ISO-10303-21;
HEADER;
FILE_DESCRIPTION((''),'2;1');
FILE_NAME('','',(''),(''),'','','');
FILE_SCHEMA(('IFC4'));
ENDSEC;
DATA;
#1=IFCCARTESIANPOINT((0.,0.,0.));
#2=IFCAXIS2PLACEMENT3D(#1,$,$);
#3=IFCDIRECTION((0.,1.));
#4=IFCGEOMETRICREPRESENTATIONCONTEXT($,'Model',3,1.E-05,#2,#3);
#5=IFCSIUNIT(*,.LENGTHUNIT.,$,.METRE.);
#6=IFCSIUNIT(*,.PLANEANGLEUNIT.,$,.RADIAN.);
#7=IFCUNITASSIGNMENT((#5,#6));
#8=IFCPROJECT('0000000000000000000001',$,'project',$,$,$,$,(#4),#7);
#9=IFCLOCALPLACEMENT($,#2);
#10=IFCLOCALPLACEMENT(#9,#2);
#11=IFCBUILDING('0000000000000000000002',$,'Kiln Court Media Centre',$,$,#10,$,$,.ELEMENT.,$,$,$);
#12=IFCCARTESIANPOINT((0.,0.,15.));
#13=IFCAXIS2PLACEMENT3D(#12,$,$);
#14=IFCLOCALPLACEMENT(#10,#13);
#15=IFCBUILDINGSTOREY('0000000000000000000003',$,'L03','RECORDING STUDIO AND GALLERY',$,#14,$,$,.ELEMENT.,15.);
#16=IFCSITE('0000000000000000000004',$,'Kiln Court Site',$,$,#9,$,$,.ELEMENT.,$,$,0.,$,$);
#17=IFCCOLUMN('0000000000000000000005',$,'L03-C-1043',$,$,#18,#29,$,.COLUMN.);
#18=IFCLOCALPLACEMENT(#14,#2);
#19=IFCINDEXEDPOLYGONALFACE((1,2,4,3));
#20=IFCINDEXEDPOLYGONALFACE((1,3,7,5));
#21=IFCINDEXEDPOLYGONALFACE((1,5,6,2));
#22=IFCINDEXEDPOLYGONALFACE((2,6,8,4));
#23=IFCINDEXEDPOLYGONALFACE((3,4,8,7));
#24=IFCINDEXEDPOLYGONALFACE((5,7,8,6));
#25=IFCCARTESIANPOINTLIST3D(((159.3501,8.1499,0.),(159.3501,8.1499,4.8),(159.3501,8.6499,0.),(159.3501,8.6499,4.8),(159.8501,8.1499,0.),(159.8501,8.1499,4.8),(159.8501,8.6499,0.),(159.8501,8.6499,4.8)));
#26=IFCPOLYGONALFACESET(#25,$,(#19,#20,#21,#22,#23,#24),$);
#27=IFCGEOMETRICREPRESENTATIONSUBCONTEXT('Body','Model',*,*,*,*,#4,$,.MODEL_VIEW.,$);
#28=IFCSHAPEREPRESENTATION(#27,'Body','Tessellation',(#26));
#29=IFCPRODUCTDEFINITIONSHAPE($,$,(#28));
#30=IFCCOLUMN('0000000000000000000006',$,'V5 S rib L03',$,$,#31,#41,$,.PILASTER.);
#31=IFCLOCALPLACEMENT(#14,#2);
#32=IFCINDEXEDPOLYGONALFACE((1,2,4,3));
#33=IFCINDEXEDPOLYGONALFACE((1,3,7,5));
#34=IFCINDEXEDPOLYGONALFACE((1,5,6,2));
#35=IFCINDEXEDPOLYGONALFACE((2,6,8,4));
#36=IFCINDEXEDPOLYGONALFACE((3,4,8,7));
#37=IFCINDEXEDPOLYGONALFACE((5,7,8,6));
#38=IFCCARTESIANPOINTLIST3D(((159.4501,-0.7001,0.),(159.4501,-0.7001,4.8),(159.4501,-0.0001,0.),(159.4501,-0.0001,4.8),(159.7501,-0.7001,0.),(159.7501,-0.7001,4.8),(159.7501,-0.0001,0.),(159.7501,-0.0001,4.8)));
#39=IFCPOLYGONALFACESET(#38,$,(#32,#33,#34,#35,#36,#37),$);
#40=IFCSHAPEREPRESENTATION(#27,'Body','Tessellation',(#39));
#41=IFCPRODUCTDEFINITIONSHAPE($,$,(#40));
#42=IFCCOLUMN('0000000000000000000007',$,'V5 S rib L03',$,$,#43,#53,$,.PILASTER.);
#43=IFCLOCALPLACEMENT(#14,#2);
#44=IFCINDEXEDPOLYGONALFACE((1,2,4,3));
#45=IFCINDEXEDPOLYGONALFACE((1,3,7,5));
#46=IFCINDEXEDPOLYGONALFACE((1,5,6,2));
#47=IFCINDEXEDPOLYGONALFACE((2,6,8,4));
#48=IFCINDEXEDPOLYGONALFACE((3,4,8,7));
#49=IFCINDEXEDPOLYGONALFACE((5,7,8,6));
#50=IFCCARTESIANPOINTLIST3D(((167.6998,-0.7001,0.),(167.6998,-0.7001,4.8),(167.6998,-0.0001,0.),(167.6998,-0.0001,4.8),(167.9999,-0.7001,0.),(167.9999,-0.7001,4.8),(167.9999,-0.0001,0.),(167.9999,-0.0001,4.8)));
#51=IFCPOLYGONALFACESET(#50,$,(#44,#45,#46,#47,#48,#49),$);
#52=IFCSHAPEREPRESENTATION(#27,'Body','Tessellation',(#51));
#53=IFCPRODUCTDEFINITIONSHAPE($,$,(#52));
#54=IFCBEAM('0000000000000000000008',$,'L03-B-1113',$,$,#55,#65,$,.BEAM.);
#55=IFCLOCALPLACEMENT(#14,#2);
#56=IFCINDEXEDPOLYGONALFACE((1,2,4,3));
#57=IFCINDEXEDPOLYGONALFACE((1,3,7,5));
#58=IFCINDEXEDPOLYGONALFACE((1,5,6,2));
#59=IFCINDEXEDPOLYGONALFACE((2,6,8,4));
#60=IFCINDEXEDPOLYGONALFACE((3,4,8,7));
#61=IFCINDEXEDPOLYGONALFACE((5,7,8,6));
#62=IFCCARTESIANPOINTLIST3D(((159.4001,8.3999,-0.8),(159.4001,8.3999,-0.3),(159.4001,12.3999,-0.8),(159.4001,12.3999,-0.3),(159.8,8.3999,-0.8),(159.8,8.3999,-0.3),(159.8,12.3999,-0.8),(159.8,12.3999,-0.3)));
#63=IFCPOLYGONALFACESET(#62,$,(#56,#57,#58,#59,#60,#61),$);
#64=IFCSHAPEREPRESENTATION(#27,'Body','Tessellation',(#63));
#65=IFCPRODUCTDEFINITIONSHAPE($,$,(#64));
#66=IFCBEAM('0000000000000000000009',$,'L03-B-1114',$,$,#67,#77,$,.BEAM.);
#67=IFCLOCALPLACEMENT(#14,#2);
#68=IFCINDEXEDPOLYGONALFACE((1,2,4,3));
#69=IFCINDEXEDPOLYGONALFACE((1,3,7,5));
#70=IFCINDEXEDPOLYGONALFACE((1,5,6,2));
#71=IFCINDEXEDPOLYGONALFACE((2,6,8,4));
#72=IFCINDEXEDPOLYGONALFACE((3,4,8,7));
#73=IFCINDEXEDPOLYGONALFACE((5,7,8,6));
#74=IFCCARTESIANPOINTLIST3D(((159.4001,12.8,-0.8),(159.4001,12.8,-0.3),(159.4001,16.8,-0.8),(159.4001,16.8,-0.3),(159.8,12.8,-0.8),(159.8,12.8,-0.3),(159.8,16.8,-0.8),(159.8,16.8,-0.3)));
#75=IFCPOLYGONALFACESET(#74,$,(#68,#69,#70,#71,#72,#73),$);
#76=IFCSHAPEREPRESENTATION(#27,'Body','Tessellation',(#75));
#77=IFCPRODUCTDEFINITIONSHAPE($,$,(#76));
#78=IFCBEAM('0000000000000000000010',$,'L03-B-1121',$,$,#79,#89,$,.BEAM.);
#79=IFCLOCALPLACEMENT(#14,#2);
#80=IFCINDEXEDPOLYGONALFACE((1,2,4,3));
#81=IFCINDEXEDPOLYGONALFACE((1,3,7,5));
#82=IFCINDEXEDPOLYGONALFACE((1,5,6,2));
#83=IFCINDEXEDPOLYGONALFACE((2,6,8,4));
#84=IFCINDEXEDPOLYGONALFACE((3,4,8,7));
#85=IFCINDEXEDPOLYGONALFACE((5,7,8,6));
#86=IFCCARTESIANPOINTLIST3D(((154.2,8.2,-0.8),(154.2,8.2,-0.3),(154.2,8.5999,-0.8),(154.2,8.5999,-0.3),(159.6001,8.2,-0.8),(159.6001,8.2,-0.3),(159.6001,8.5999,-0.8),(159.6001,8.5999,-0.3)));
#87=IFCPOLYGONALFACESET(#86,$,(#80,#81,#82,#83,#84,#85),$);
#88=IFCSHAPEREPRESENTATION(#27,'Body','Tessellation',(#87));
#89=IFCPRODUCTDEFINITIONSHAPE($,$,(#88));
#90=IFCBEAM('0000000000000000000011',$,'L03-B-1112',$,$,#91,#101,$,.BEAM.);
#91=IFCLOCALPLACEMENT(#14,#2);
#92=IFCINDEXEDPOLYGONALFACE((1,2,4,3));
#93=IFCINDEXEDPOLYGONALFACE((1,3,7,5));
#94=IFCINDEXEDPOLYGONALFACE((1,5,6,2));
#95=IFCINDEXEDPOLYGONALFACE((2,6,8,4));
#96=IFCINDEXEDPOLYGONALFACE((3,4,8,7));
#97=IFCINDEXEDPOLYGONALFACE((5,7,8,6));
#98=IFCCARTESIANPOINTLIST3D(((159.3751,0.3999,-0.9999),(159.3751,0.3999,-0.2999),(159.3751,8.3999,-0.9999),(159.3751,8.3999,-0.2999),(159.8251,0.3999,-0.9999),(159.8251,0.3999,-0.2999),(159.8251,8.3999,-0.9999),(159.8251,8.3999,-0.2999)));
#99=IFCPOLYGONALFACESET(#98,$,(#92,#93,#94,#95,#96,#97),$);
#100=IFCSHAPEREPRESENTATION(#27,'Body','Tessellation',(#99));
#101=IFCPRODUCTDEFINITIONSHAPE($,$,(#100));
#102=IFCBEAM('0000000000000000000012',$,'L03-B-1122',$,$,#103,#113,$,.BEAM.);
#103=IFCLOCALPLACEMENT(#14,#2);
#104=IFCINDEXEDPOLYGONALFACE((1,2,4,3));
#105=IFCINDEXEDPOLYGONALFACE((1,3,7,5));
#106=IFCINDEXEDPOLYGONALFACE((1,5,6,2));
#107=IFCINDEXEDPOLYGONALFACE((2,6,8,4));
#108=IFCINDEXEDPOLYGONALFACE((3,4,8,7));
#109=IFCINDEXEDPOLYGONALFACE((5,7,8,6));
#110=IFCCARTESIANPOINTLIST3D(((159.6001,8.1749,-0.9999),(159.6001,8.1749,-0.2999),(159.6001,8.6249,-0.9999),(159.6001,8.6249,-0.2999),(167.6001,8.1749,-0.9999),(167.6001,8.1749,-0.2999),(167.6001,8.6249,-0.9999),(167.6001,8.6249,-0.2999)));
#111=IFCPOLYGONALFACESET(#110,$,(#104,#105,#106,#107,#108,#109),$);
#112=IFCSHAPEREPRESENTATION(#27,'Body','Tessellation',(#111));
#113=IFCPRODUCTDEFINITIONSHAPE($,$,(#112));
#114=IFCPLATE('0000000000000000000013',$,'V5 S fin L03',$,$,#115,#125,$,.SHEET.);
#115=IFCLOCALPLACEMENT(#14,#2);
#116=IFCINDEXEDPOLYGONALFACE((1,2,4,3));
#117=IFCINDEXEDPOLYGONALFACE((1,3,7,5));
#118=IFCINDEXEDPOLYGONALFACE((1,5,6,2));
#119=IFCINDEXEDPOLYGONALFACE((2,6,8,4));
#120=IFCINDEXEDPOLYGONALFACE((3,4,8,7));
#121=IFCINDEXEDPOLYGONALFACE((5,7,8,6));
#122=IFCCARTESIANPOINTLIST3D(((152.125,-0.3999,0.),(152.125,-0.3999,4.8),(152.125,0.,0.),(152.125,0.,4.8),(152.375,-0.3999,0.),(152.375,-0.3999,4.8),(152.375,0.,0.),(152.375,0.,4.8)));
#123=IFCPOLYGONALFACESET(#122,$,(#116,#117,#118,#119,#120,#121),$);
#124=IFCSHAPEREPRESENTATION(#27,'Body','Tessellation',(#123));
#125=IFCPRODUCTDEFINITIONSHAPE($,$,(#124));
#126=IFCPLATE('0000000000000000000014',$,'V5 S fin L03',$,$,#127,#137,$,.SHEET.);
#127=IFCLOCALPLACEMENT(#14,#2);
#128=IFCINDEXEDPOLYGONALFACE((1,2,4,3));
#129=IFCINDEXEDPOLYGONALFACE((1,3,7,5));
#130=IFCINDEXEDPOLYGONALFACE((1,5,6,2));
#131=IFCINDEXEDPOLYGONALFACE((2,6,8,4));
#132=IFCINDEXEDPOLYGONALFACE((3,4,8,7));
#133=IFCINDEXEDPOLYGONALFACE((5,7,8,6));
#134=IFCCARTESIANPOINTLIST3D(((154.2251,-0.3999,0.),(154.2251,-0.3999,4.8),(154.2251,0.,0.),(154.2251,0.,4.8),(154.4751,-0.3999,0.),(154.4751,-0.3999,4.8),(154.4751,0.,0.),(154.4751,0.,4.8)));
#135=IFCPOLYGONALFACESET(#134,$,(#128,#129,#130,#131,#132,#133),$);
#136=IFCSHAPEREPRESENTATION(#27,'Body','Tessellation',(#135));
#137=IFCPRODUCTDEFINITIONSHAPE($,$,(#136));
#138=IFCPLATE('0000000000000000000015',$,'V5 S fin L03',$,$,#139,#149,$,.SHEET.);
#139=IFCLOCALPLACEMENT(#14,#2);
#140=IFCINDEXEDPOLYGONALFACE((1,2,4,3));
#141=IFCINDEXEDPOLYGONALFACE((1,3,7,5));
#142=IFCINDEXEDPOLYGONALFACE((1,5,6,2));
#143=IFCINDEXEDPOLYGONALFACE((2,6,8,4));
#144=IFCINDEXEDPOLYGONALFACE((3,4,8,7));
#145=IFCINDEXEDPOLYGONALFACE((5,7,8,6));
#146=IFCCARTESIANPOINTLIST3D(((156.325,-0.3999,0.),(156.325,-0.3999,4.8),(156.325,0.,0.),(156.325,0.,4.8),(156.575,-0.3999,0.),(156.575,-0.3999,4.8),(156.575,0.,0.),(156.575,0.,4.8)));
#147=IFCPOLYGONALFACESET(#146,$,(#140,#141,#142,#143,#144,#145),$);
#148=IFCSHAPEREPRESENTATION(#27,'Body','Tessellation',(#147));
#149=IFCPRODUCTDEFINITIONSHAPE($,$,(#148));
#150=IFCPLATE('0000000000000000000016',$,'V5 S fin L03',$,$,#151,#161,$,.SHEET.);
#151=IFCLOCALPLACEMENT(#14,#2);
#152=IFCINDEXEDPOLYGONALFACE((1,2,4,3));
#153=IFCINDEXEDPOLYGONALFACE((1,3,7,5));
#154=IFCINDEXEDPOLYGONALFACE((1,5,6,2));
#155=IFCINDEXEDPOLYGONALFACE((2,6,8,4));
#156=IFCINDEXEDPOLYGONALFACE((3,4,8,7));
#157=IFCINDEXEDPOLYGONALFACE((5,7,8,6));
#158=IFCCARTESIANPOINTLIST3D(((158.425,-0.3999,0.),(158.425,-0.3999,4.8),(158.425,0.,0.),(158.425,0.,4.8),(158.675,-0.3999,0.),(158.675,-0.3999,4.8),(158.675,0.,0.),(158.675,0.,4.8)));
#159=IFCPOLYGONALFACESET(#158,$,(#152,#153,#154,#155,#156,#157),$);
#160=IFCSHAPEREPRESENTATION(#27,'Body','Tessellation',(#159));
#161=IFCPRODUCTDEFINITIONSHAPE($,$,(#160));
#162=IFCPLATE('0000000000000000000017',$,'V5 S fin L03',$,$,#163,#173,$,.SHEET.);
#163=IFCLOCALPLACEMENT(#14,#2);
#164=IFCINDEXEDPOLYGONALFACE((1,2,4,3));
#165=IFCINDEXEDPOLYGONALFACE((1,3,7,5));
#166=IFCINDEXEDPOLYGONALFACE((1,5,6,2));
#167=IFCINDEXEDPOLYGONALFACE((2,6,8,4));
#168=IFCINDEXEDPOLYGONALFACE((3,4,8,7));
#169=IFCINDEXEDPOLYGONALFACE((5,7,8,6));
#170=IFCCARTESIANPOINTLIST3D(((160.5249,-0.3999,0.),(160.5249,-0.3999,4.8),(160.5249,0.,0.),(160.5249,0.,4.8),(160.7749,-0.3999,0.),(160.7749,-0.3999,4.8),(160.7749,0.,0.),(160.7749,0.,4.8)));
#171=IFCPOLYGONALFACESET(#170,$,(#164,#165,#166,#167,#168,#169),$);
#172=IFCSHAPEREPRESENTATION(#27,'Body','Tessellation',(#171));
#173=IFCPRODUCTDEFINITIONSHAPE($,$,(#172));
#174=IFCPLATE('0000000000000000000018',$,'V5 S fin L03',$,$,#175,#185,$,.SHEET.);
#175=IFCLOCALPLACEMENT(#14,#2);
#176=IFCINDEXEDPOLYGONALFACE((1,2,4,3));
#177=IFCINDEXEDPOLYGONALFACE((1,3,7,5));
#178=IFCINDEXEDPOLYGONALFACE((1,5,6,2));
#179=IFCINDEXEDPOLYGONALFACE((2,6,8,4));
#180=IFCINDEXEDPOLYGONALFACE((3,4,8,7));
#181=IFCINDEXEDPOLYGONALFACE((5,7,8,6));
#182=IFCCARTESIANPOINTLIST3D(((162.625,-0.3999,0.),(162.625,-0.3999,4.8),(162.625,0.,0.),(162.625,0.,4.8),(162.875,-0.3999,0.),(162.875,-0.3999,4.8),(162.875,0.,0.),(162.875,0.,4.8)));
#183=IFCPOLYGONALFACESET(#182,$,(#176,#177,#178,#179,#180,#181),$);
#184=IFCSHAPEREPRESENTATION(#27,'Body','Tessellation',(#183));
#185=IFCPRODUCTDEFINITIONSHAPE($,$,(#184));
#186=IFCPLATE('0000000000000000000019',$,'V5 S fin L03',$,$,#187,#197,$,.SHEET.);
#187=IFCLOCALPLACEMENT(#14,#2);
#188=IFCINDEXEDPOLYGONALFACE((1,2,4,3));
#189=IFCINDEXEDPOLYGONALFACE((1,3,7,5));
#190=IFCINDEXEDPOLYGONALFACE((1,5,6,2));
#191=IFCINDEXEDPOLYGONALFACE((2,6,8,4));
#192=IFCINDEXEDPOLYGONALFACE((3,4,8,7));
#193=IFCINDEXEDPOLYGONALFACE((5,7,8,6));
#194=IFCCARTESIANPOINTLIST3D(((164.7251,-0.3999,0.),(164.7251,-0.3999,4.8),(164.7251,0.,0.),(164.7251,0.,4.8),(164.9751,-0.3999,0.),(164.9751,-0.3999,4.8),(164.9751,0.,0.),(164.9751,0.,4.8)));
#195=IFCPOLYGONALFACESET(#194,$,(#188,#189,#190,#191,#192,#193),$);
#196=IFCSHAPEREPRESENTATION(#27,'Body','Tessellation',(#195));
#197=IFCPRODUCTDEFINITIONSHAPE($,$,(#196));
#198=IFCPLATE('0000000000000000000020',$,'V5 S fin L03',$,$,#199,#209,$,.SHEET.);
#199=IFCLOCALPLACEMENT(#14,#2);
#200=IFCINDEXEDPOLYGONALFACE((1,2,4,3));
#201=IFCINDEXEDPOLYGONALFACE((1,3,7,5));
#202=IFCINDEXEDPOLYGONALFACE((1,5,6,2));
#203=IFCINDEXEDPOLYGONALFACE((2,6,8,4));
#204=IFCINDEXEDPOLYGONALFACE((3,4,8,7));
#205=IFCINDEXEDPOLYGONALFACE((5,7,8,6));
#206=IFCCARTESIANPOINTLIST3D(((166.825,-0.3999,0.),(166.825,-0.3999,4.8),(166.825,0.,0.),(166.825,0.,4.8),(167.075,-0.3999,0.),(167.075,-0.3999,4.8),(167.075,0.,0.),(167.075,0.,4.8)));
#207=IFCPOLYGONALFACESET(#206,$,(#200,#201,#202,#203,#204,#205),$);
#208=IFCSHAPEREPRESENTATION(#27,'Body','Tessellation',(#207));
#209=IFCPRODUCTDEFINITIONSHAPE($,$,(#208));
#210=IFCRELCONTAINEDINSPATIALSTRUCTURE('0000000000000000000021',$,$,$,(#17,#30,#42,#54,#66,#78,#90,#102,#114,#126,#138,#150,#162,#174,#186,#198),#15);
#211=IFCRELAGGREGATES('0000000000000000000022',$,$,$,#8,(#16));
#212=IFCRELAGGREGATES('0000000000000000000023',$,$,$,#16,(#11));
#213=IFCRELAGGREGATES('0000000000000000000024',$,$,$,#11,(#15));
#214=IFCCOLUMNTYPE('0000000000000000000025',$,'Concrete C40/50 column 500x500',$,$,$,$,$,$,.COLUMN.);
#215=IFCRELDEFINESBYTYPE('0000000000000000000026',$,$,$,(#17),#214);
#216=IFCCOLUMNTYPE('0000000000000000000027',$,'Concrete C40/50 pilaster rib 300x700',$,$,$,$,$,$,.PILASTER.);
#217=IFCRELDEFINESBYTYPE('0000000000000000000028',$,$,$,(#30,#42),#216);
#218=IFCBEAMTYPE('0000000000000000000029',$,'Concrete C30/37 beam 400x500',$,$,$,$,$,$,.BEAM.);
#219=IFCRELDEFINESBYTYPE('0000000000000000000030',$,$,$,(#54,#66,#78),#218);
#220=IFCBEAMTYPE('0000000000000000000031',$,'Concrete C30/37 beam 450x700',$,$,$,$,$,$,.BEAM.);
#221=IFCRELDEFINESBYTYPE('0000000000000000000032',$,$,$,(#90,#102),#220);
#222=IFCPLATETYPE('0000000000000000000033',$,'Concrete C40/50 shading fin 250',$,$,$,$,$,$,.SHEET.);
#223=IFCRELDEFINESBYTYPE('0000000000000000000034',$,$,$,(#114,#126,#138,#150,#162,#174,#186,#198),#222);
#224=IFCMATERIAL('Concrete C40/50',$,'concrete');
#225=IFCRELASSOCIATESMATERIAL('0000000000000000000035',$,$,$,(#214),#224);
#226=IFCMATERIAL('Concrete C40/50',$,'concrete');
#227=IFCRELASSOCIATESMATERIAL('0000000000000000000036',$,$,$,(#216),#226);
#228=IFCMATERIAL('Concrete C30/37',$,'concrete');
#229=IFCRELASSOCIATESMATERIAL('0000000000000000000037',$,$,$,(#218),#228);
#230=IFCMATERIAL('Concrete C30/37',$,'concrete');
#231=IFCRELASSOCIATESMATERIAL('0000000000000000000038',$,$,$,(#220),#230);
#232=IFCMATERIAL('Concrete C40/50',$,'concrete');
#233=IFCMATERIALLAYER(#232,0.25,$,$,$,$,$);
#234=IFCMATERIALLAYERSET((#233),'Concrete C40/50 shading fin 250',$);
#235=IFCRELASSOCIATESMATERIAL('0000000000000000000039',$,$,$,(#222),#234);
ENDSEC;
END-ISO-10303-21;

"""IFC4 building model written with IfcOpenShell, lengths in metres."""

from ifc_helpers import new_model, si_unit, direction, frame, origin, origin_2d, place, context, subcontext, project, spatial, rectangle, extrude, material, layer, layer_set, material_profile, profile_set, type_object, element, save


model = new_model("IFC4")

# Units and contexts
model_context = context("Model", 3, precision=1e-05, world=origin(), true_north=direction((0.0, 1.0)))
body_context = subcontext(model_context, "Body", "Model", "MODEL_VIEW")
ifc_project = project(units=[si_unit("LENGTHUNIT", "METRE"), si_unit("PLANEANGLEUNIT", "RADIAN")], contexts=[model_context])

# Site, building, storey
site_placement = place(None, origin())
site = spatial("IfcSite", under=ifc_project, at=site_placement, Name="Kiln Court Site", CompositionType="ELEMENT", RefElevation=0.0)
building_placement = place(site_placement, origin())
building = spatial("IfcBuilding", under=site, at=building_placement, Name="Kiln Court Media Centre", CompositionType="ELEMENT")
storey_placement = place(building_placement, frame((0.0, 0.0, 15.0)))
storey = spatial("IfcBuildingStorey", under=building, at=storey_placement, Name="L03", Description="RECORDING STUDIO AND GALLERY", CompositionType="ELEMENT", Elevation=15.0)

# Columns
ifc_material_1 = material(Name="Concrete C40/50", Category="concrete")
ifc_material_profile_1 = material_profile(ifc_material_1, rectangle(XDim=0.5, YDim=0.5, at=origin_2d()), Name="RC 500x500")
ifc_profile_set_1 = profile_set([ifc_material_profile_1], Name="Concrete C40/50")
column_type_1 = type_object("IfcColumnType", Name="Concrete C40/50 column 500x500", PredefinedType="COLUMN", material=ifc_profile_set_1)
column_placement = place(storey_placement, frame((159.6001, 8.3999, 0.0), z_axis=(0.0, 0.0, 1.0), x_axis=(1.0, 0.0, 0.0)))
element("IfcColumn", 1, at=column_placement, inside=storey, type_object=column_type_1, Name="L03-C-1043", PredefinedType="COLUMN", context=body_context, shape_type="SweptSolid", body=[
    extrude(rectangle(XDim=0.5, YDim=0.5, at=origin_2d()), origin(), (0.0, 0.0, 1.0), 4.8),
])
ifc_material_2 = material(Name="Concrete C40/50", Category="concrete")
ifc_material_profile_2 = material_profile(ifc_material_2, rectangle(XDim=0.3, YDim=0.7, at=origin_2d()), Name="RC 300x700")
ifc_profile_set_2 = profile_set([ifc_material_profile_2], Name="Concrete C40/50")
column_type_2 = type_object("IfcColumnType", Name="Concrete C40/50 pilaster rib 300x700", PredefinedType="PILASTER", material=ifc_profile_set_2)
for number, where, z_axis, x_axis, name in (
    (2, (159.6001, -0.3501, 0.0), (0.0, 0.0, 1.0), (1.0, 0.0, 0.0), "V5 S rib L03"),
    (3, (167.8499, -0.3501, 0.0), (0.0, 0.0, 1.0), (1.0, 0.0, 0.0), "V5 S rib L03"),
):
    element("IfcColumn", number, at=place(storey_placement, frame(where, z_axis=z_axis, x_axis=x_axis)), inside=storey, type_object=column_type_2, Name=name, PredefinedType="PILASTER", context=body_context, shape_type="SweptSolid", body=[
        extrude(rectangle(XDim=0.3, YDim=0.7, at=origin_2d()), origin(), (0.0, 0.0, 1.0), 4.8),
    ])

# Beams
ifc_material_3 = material(Name="Concrete C30/37", Category="concrete")
ifc_material_profile_3 = material_profile(ifc_material_3, rectangle(XDim=0.3999, YDim=0.5, at=origin_2d()), Name="RC 400x500")
ifc_profile_set_3 = profile_set([ifc_material_profile_3], Name="Concrete C30/37")
beam_type_1 = type_object("IfcBeamType", Name="Concrete C30/37 beam 400x500", PredefinedType="BEAM", material=ifc_profile_set_3)
for number, where, z_axis, x_axis, name in (
    (4, (159.6001, 8.3999, -0.55), (0.0, 1.0, 0.0), (-1.0, 0.0, 0.0), "L03-B-1113"),
    (5, (159.6001, 12.8, -0.55), (0.0, 1.0, 0.0), (-1.0, 0.0, 0.0), "L03-B-1114"),
):
    element("IfcBeam", number, at=place(storey_placement, frame(where, z_axis=z_axis, x_axis=x_axis)), inside=storey, type_object=beam_type_1, Name=name, PredefinedType="BEAM", context=body_context, shape_type="SweptSolid", body=[
        extrude(rectangle(XDim=0.3999, YDim=0.5, at=origin_2d()), origin(), (0.0, 0.0, 1.0), 4.0),
    ])
beam_placement = place(storey_placement, frame((154.2, 8.3999, -0.55), z_axis=(1.0, 0.0, 0.0), x_axis=(0.0, 1.0, 0.0)))
element("IfcBeam", 6, at=beam_placement, inside=storey, type_object=beam_type_1, Name="L03-B-1121", PredefinedType="BEAM", context=body_context, shape_type="SweptSolid", body=[
    extrude(rectangle(XDim=0.3999, YDim=0.5, at=origin_2d()), origin(), (0.0, 0.0, 1.0), 5.4001),
])
ifc_material_4 = material(Name="Concrete C30/37", Category="concrete")
ifc_material_profile_4 = material_profile(ifc_material_4, rectangle(XDim=0.45, YDim=0.7, at=origin_2d()), Name="RC 450x700")
ifc_profile_set_4 = profile_set([ifc_material_profile_4], Name="Concrete C30/37")
beam_type_2 = type_object("IfcBeamType", Name="Concrete C30/37 beam 450x700", PredefinedType="BEAM", material=ifc_profile_set_4)
for number, where, z_axis, x_axis, name in (
    (7, (159.6001, 0.3999, -0.6499), (0.0, 1.0, 0.0), (-1.0, 0.0, 0.0), "L03-B-1112"),
    (8, (159.6001, 8.3999, -0.6499), (1.0, 0.0, 0.0), (0.0, 1.0, 0.0), "L03-B-1122"),
):
    element("IfcBeam", number, at=place(storey_placement, frame(where, z_axis=z_axis, x_axis=x_axis)), inside=storey, type_object=beam_type_2, Name=name, PredefinedType="BEAM", context=body_context, shape_type="SweptSolid", body=[
        extrude(rectangle(XDim=0.45, YDim=0.7, at=origin_2d()), origin(), (0.0, 0.0, 1.0), 8.0),
    ])

# Plates
ifc_material_5 = material(Name="Concrete C40/50", Category="concrete")
ifc_layer_1 = layer(ifc_material_5, 0.25)
ifc_layer_set_1 = layer_set([ifc_layer_1], Name="Concrete C40/50 shading fin 250")
plate_type = type_object("IfcPlateType", Name="Concrete C40/50 shading fin 250", PredefinedType="SHEET", material=ifc_layer_set_1)
for number, where, z_axis, x_axis, name in (
    (9, (152.25, -0.2, 0.0), (0.0, 0.0, 1.0), (1.0, 0.0, 0.0), "V5 S fin L03"),
    (10, (154.3501, -0.2, 0.0), (0.0, 0.0, 1.0), (1.0, 0.0, 0.0), "V5 S fin L03"),
    (11, (156.45, -0.2, 0.0), (0.0, 0.0, 1.0), (1.0, 0.0, 0.0), "V5 S fin L03"),
    (12, (158.55, -0.2, 0.0), (0.0, 0.0, 1.0), (1.0, 0.0, 0.0), "V5 S fin L03"),
    (13, (160.6499, -0.2, 0.0), (0.0, 0.0, 1.0), (1.0, 0.0, 0.0), "V5 S fin L03"),
    (14, (162.75, -0.2, 0.0), (0.0, 0.0, 1.0), (1.0, 0.0, 0.0), "V5 S fin L03"),
    (15, (164.8501, -0.2, 0.0), (0.0, 0.0, 1.0), (1.0, 0.0, 0.0), "V5 S fin L03"),
    (16, (166.95, -0.2, 0.0), (0.0, 0.0, 1.0), (1.0, 0.0, 0.0), "V5 S fin L03"),
):
    element("IfcPlate", number, at=place(storey_placement, frame(where, z_axis=z_axis, x_axis=x_axis)), inside=storey, type_object=plate_type, Name=name, PredefinedType="SHEET", context=body_context, shape_type="SweptSolid", body=[
        extrude(rectangle(XDim=0.25, YDim=0.3999, at=origin_2d()), origin(), (0.0, 0.0, 1.0), 4.8),
    ])

save(model, "model.ifc")
